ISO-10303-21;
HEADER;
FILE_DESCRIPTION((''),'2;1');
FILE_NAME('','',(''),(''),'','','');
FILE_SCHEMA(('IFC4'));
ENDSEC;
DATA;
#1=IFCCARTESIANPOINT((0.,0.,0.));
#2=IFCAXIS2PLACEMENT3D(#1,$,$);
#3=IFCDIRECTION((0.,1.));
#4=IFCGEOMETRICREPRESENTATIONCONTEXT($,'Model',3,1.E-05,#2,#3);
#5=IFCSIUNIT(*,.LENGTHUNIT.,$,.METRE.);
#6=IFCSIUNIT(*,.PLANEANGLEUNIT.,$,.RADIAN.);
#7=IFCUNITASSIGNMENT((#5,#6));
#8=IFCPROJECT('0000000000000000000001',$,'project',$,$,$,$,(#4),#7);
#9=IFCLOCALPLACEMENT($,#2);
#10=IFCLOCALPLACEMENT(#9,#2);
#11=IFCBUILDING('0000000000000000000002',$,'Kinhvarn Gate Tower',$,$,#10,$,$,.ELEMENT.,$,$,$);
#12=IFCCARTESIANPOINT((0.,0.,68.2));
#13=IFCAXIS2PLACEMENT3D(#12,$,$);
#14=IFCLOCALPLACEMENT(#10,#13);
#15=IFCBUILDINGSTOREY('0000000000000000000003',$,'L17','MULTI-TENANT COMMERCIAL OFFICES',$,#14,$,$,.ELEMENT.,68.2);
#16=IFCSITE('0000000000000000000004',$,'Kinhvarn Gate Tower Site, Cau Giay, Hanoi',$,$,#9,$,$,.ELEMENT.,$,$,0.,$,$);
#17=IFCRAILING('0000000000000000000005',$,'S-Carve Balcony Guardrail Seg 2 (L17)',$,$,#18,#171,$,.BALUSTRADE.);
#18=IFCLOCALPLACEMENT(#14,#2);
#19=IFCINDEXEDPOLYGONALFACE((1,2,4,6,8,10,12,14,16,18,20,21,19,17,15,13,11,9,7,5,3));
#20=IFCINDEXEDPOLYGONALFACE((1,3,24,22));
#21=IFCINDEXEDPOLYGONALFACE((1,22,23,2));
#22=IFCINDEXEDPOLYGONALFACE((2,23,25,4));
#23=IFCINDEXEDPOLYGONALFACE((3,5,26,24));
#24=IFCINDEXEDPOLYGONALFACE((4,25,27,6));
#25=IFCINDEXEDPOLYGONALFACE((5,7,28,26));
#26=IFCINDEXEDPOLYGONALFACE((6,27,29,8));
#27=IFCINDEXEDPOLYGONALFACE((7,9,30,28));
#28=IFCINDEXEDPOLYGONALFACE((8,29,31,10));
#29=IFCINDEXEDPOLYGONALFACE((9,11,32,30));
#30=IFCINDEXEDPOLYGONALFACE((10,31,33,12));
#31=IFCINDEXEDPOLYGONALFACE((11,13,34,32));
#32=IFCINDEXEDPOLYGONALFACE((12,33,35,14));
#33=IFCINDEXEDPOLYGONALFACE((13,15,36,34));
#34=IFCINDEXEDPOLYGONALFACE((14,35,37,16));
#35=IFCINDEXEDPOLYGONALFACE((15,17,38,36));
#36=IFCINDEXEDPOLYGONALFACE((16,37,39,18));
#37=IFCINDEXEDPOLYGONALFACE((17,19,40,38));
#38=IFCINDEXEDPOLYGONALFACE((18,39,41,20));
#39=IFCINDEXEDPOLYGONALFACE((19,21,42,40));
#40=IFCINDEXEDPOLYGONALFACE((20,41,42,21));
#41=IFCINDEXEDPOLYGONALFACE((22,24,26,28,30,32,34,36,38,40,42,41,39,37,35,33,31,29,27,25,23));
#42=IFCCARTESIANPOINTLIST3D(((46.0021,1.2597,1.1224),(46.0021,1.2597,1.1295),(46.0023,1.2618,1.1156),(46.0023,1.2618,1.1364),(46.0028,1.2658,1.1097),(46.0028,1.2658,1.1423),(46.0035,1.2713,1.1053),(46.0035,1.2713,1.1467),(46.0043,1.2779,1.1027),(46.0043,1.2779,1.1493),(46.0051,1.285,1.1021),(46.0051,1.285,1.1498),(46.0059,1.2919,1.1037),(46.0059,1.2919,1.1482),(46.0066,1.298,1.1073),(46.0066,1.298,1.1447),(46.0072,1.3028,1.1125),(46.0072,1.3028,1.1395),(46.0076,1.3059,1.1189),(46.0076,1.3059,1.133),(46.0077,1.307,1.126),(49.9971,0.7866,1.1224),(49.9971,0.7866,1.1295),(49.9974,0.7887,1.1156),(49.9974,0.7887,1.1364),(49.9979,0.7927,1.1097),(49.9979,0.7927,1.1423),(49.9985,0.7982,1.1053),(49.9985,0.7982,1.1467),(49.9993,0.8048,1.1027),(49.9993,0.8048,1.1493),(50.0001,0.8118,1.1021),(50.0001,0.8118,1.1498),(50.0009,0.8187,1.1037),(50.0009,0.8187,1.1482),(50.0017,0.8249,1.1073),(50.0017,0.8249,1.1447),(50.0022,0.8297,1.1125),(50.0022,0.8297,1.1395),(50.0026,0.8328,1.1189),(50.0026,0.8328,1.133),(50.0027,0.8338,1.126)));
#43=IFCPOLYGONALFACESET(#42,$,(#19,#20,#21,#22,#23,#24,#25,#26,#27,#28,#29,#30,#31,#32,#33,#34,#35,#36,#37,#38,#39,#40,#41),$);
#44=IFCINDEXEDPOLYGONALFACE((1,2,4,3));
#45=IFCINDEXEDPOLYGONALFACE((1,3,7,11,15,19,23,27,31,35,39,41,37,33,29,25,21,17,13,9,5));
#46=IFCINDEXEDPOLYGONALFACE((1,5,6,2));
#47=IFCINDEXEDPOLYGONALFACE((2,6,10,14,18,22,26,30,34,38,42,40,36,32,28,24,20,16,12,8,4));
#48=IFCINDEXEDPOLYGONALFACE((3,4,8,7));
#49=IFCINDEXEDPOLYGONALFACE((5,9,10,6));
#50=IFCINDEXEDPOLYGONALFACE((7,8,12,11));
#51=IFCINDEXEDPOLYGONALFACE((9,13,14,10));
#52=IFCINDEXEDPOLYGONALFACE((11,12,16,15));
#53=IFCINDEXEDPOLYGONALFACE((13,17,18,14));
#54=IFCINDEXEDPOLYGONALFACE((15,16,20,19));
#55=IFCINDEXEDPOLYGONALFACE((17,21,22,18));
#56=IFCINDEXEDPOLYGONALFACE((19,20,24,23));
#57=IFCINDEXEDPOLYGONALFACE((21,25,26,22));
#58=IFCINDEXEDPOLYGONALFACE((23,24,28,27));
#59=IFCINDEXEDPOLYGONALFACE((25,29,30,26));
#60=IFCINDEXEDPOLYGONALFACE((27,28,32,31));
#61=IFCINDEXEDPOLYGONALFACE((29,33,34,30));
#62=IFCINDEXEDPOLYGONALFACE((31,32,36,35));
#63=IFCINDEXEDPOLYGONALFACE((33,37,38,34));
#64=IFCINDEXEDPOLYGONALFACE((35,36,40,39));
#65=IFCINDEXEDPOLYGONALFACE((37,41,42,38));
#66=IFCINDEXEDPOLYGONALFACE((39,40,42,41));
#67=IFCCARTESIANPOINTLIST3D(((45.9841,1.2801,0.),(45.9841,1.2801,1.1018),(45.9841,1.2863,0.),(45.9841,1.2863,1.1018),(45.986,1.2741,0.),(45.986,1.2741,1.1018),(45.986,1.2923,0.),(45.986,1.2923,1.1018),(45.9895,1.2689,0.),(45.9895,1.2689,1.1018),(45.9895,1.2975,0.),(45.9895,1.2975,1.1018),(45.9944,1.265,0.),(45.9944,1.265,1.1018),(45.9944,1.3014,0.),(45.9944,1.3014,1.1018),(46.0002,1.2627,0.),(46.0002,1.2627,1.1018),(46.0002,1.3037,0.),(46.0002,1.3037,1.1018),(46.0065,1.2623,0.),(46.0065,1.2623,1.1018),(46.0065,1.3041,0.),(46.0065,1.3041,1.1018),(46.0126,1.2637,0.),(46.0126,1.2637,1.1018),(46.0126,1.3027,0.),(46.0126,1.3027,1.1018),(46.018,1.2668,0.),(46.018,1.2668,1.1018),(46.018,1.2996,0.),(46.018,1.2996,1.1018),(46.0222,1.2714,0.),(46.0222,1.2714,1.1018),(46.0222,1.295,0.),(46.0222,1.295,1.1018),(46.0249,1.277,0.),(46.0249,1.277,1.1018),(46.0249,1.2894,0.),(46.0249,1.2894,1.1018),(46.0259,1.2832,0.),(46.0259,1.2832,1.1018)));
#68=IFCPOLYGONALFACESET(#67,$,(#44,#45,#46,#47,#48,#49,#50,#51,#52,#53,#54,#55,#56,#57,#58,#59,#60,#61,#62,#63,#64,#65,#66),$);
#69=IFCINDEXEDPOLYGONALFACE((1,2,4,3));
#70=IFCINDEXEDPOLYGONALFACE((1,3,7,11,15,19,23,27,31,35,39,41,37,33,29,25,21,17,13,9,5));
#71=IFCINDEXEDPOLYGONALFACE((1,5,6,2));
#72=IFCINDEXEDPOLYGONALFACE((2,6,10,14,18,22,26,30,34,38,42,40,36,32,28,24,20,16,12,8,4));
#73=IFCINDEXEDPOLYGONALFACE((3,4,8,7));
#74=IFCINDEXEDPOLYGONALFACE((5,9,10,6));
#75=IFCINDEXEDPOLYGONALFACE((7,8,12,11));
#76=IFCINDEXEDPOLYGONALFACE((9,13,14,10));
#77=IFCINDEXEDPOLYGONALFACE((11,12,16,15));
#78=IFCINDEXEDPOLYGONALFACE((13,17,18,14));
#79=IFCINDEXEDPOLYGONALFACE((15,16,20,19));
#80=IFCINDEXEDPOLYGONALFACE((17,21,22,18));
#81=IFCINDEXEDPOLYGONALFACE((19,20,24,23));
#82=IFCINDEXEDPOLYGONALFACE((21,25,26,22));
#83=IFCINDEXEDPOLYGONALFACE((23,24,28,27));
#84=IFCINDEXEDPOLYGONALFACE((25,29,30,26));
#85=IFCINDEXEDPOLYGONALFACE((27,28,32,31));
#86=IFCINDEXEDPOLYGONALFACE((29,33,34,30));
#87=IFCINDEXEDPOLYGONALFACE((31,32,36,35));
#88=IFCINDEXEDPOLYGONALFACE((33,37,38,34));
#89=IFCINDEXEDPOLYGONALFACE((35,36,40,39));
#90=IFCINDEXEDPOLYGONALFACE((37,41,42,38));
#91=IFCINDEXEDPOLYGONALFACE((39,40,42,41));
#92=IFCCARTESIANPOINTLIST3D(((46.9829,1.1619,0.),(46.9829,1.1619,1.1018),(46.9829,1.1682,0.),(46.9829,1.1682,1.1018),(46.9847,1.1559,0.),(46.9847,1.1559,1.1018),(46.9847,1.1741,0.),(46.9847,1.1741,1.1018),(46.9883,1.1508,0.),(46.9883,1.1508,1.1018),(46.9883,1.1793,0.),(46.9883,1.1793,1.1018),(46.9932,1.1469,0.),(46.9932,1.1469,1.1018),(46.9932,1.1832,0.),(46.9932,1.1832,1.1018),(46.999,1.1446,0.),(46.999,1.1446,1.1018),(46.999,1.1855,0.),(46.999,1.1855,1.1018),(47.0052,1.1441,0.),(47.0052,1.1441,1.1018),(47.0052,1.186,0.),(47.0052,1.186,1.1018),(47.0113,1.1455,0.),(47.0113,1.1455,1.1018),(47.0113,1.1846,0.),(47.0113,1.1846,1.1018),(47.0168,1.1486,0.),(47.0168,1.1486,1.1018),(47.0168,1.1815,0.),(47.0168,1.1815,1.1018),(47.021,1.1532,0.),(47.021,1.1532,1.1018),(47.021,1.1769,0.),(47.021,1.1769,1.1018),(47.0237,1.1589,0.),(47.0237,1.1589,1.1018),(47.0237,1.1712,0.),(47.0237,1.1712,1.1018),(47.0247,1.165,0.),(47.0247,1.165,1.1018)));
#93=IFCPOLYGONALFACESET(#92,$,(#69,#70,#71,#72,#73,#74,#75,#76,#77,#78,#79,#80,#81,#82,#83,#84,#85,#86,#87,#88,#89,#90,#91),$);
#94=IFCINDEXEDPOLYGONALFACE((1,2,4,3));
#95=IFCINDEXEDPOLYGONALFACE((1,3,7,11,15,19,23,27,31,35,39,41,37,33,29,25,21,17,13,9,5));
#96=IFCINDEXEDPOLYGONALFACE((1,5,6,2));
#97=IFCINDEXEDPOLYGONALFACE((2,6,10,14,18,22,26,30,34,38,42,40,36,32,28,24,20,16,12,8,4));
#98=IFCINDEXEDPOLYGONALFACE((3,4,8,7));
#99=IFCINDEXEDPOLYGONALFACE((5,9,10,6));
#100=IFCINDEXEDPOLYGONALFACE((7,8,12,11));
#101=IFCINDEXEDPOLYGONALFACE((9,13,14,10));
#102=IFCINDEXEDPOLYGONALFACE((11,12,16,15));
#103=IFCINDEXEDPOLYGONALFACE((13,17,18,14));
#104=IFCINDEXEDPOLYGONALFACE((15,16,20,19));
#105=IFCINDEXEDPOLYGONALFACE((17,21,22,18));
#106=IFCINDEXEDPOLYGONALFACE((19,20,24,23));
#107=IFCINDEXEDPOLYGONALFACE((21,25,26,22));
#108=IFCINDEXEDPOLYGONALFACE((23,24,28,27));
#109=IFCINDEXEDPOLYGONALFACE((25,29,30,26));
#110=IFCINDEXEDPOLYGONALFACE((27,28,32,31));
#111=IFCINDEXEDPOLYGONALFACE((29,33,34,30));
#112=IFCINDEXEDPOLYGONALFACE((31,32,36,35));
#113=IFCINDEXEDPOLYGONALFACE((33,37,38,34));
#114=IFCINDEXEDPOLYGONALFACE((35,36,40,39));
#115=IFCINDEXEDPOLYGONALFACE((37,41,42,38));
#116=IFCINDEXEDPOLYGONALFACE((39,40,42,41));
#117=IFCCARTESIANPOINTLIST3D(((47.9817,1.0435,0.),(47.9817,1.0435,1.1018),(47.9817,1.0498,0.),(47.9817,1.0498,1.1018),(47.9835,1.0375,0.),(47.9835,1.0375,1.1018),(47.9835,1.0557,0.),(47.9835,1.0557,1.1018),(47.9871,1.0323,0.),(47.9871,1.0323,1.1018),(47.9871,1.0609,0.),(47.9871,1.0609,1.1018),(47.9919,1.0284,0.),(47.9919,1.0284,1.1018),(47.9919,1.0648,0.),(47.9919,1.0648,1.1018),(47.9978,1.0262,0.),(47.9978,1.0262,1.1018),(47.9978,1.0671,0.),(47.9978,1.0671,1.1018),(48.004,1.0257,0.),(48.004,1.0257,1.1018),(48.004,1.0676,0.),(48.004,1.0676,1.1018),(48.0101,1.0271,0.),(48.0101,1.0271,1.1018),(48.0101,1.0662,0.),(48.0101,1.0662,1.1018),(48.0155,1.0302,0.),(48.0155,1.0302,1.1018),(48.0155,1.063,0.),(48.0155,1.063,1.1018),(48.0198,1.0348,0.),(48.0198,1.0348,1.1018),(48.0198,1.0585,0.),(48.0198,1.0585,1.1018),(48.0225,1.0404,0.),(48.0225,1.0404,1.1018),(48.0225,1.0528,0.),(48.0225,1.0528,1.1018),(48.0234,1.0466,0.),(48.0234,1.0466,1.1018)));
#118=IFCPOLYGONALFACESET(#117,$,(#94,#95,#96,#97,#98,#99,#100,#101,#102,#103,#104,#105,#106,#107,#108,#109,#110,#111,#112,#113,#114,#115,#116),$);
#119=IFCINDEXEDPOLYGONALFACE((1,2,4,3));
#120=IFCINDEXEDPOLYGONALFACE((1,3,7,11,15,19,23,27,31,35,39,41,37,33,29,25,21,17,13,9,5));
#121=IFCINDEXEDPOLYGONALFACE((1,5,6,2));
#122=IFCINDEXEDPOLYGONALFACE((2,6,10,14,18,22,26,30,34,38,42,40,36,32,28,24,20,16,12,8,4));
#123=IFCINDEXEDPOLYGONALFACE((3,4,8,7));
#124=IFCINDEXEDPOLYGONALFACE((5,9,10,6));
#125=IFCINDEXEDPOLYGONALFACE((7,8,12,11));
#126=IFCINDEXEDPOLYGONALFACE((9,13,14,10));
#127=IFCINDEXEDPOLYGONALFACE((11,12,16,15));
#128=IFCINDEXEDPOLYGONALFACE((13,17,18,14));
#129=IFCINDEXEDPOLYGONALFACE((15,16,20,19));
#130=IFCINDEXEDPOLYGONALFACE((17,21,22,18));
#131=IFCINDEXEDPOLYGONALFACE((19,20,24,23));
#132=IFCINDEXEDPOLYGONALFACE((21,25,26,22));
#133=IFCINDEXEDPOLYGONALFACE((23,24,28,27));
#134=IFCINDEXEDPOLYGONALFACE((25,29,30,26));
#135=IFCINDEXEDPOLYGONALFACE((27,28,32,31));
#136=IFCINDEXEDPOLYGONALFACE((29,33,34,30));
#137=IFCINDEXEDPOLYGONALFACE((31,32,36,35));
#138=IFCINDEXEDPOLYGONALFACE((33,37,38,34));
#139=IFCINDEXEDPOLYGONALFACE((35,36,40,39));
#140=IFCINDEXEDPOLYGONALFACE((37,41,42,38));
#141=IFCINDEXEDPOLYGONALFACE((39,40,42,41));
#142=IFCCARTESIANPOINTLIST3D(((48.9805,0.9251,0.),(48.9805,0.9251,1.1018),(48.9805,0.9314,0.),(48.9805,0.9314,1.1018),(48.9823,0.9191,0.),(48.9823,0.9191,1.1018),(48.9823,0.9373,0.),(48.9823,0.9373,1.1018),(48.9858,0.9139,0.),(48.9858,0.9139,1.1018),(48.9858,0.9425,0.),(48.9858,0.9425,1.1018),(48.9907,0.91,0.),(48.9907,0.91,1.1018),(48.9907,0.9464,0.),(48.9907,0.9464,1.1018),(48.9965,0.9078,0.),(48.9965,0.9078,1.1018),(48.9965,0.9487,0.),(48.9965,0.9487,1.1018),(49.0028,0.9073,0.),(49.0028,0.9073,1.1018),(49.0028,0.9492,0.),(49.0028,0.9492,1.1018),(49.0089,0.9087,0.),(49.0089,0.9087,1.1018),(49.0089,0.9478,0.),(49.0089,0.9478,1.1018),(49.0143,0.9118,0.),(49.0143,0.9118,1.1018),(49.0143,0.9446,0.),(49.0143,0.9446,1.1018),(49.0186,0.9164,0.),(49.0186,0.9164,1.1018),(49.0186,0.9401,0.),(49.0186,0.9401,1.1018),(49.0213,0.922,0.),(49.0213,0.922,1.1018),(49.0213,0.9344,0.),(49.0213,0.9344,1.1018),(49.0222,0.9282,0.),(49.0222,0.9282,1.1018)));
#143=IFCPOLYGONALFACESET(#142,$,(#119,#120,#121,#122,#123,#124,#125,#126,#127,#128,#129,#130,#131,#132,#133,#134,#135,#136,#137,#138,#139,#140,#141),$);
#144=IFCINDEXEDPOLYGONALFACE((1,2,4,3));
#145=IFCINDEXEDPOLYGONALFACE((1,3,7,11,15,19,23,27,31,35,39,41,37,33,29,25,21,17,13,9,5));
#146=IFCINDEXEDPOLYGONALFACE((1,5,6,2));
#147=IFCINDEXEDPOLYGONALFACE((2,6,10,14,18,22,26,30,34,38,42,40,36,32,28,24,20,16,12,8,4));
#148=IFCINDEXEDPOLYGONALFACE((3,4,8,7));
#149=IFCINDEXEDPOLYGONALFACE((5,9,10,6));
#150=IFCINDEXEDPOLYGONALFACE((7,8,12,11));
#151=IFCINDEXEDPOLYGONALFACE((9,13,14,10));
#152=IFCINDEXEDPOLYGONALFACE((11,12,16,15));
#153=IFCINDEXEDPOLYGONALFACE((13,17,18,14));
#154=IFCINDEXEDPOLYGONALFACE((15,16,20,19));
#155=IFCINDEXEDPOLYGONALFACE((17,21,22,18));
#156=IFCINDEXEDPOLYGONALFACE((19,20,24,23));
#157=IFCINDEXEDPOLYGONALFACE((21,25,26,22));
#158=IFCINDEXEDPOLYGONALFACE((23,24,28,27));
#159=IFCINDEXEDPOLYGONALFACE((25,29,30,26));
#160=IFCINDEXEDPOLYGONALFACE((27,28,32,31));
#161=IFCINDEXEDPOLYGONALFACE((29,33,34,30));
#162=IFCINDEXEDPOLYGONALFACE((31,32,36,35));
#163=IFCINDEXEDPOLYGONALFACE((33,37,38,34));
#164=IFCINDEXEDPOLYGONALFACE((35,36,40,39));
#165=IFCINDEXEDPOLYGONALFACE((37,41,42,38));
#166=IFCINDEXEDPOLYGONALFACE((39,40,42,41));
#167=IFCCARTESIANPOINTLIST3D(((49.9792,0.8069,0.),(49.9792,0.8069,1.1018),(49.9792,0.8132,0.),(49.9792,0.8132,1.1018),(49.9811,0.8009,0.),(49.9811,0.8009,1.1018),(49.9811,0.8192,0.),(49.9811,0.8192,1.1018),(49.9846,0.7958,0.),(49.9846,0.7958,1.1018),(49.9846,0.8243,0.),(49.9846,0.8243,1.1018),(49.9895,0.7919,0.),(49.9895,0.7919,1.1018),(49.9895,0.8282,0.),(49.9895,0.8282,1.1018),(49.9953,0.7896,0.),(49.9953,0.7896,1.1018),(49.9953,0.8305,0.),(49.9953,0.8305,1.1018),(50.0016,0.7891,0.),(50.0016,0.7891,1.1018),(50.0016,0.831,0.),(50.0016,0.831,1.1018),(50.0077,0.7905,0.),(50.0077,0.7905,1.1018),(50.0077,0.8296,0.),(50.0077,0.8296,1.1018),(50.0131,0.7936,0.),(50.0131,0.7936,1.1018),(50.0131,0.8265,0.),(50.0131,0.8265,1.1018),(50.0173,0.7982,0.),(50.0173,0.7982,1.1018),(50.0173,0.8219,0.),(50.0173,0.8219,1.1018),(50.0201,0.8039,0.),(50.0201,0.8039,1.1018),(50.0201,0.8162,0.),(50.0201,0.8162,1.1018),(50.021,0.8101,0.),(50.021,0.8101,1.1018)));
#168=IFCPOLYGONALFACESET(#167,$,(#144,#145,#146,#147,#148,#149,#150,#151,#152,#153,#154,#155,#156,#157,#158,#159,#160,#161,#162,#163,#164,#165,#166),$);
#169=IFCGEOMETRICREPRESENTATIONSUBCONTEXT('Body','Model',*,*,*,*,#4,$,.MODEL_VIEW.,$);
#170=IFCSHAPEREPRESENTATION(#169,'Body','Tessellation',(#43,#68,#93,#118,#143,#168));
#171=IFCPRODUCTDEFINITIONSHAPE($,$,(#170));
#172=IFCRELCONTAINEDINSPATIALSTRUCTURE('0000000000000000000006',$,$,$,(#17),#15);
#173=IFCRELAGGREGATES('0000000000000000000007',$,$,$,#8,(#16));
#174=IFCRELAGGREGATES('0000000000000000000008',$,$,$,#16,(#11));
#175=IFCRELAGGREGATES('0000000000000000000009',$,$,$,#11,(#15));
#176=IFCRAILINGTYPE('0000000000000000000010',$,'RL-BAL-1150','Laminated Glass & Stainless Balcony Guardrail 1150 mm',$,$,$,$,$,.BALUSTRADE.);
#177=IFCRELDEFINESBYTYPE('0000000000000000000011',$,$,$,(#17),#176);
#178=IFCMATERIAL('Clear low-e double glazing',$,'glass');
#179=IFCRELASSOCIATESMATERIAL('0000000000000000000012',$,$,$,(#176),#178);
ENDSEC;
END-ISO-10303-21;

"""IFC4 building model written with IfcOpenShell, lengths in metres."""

from ifc_helpers import new_model, si_unit, direction, frame, origin, origin_2d, place, context, subcontext, project, spatial, circle, extrude, material, type_object, element, save


model = new_model("IFC4")

# Units and contexts
model_context = context("Model", 3, precision=1e-05, world=origin(), true_north=direction((0.0, 1.0)))
body_context = subcontext(model_context, "Body", "Model", "MODEL_VIEW")
ifc_project = project(units=[si_unit("LENGTHUNIT", "METRE"), si_unit("PLANEANGLEUNIT", "RADIAN")], contexts=[model_context])

# Site, building, storey
site_placement = place(None, origin())
site = spatial("IfcSite", under=ifc_project, at=site_placement, Name="Kinhvarn Gate Tower Site, Cau Giay, Hanoi", CompositionType="ELEMENT", RefElevation=0.0)
building_placement = place(site_placement, origin())
building = spatial("IfcBuilding", under=site, at=building_placement, Name="Kinhvarn Gate Tower", CompositionType="ELEMENT")
storey_placement = place(building_placement, frame((0.0, 0.0, 68.2)))
storey = spatial("IfcBuildingStorey", under=building, at=storey_placement, Name="L17", Description="MULTI-TENANT COMMERCIAL OFFICES", CompositionType="ELEMENT", Elevation=68.2)

# Shared definitions
ifc_material_1 = material(Name="Clear low-e double glazing", Category="glass")

# Railing
railing_type = type_object("IfcRailingType", Name="RL-BAL-1150", Description="Laminated Glass & Stainless Balcony Guardrail 1150 mm", PredefinedType="BALUSTRADE", material=ifc_material_1)
railing_1_placement = place(storey_placement, frame((46.0049, 1.2832, 0.0)))
element("IfcRailing", 1, at=railing_1_placement, inside=storey, type_object=railing_type, Name="S-Carve Balcony Guardrail Seg 2 (L17)", PredefinedType="BALUSTRADE", context=body_context, shape_type="SweptSolid", body=[
    extrude(circle(Radius=0.0239, at=origin_2d()), frame((0.0, 0.0, 1.126), z_axis=(0.99306, -0.117609, 0.0), x_axis=(0.117609, 0.99306, 0.0)), (0.0, 0.0, 1.0), 4.0229),
    extrude(circle(Radius=0.021, at=origin_2d()), origin(), (0.0, 0.0, 1.0), 1.1018),
    extrude(circle(Radius=0.021, at=origin_2d()), frame((0.9988, -0.1182, 0.0)), (0.0, 0.0, 1.0), 1.1018),
    extrude(circle(Radius=0.021, at=origin_2d()), frame((1.9976, -0.2366, 0.0)), (0.0, 0.0, 1.0), 1.1018),
    extrude(circle(Radius=0.021, at=origin_2d()), frame((2.9963, -0.355, 0.0)), (0.0, 0.0, 1.0), 1.1018),
    extrude(circle(Radius=0.021, at=origin_2d()), frame((3.9951, -0.4731, 0.0)), (0.0, 0.0, 1.0), 1.1018),
])

save(model, "model.ifc")
